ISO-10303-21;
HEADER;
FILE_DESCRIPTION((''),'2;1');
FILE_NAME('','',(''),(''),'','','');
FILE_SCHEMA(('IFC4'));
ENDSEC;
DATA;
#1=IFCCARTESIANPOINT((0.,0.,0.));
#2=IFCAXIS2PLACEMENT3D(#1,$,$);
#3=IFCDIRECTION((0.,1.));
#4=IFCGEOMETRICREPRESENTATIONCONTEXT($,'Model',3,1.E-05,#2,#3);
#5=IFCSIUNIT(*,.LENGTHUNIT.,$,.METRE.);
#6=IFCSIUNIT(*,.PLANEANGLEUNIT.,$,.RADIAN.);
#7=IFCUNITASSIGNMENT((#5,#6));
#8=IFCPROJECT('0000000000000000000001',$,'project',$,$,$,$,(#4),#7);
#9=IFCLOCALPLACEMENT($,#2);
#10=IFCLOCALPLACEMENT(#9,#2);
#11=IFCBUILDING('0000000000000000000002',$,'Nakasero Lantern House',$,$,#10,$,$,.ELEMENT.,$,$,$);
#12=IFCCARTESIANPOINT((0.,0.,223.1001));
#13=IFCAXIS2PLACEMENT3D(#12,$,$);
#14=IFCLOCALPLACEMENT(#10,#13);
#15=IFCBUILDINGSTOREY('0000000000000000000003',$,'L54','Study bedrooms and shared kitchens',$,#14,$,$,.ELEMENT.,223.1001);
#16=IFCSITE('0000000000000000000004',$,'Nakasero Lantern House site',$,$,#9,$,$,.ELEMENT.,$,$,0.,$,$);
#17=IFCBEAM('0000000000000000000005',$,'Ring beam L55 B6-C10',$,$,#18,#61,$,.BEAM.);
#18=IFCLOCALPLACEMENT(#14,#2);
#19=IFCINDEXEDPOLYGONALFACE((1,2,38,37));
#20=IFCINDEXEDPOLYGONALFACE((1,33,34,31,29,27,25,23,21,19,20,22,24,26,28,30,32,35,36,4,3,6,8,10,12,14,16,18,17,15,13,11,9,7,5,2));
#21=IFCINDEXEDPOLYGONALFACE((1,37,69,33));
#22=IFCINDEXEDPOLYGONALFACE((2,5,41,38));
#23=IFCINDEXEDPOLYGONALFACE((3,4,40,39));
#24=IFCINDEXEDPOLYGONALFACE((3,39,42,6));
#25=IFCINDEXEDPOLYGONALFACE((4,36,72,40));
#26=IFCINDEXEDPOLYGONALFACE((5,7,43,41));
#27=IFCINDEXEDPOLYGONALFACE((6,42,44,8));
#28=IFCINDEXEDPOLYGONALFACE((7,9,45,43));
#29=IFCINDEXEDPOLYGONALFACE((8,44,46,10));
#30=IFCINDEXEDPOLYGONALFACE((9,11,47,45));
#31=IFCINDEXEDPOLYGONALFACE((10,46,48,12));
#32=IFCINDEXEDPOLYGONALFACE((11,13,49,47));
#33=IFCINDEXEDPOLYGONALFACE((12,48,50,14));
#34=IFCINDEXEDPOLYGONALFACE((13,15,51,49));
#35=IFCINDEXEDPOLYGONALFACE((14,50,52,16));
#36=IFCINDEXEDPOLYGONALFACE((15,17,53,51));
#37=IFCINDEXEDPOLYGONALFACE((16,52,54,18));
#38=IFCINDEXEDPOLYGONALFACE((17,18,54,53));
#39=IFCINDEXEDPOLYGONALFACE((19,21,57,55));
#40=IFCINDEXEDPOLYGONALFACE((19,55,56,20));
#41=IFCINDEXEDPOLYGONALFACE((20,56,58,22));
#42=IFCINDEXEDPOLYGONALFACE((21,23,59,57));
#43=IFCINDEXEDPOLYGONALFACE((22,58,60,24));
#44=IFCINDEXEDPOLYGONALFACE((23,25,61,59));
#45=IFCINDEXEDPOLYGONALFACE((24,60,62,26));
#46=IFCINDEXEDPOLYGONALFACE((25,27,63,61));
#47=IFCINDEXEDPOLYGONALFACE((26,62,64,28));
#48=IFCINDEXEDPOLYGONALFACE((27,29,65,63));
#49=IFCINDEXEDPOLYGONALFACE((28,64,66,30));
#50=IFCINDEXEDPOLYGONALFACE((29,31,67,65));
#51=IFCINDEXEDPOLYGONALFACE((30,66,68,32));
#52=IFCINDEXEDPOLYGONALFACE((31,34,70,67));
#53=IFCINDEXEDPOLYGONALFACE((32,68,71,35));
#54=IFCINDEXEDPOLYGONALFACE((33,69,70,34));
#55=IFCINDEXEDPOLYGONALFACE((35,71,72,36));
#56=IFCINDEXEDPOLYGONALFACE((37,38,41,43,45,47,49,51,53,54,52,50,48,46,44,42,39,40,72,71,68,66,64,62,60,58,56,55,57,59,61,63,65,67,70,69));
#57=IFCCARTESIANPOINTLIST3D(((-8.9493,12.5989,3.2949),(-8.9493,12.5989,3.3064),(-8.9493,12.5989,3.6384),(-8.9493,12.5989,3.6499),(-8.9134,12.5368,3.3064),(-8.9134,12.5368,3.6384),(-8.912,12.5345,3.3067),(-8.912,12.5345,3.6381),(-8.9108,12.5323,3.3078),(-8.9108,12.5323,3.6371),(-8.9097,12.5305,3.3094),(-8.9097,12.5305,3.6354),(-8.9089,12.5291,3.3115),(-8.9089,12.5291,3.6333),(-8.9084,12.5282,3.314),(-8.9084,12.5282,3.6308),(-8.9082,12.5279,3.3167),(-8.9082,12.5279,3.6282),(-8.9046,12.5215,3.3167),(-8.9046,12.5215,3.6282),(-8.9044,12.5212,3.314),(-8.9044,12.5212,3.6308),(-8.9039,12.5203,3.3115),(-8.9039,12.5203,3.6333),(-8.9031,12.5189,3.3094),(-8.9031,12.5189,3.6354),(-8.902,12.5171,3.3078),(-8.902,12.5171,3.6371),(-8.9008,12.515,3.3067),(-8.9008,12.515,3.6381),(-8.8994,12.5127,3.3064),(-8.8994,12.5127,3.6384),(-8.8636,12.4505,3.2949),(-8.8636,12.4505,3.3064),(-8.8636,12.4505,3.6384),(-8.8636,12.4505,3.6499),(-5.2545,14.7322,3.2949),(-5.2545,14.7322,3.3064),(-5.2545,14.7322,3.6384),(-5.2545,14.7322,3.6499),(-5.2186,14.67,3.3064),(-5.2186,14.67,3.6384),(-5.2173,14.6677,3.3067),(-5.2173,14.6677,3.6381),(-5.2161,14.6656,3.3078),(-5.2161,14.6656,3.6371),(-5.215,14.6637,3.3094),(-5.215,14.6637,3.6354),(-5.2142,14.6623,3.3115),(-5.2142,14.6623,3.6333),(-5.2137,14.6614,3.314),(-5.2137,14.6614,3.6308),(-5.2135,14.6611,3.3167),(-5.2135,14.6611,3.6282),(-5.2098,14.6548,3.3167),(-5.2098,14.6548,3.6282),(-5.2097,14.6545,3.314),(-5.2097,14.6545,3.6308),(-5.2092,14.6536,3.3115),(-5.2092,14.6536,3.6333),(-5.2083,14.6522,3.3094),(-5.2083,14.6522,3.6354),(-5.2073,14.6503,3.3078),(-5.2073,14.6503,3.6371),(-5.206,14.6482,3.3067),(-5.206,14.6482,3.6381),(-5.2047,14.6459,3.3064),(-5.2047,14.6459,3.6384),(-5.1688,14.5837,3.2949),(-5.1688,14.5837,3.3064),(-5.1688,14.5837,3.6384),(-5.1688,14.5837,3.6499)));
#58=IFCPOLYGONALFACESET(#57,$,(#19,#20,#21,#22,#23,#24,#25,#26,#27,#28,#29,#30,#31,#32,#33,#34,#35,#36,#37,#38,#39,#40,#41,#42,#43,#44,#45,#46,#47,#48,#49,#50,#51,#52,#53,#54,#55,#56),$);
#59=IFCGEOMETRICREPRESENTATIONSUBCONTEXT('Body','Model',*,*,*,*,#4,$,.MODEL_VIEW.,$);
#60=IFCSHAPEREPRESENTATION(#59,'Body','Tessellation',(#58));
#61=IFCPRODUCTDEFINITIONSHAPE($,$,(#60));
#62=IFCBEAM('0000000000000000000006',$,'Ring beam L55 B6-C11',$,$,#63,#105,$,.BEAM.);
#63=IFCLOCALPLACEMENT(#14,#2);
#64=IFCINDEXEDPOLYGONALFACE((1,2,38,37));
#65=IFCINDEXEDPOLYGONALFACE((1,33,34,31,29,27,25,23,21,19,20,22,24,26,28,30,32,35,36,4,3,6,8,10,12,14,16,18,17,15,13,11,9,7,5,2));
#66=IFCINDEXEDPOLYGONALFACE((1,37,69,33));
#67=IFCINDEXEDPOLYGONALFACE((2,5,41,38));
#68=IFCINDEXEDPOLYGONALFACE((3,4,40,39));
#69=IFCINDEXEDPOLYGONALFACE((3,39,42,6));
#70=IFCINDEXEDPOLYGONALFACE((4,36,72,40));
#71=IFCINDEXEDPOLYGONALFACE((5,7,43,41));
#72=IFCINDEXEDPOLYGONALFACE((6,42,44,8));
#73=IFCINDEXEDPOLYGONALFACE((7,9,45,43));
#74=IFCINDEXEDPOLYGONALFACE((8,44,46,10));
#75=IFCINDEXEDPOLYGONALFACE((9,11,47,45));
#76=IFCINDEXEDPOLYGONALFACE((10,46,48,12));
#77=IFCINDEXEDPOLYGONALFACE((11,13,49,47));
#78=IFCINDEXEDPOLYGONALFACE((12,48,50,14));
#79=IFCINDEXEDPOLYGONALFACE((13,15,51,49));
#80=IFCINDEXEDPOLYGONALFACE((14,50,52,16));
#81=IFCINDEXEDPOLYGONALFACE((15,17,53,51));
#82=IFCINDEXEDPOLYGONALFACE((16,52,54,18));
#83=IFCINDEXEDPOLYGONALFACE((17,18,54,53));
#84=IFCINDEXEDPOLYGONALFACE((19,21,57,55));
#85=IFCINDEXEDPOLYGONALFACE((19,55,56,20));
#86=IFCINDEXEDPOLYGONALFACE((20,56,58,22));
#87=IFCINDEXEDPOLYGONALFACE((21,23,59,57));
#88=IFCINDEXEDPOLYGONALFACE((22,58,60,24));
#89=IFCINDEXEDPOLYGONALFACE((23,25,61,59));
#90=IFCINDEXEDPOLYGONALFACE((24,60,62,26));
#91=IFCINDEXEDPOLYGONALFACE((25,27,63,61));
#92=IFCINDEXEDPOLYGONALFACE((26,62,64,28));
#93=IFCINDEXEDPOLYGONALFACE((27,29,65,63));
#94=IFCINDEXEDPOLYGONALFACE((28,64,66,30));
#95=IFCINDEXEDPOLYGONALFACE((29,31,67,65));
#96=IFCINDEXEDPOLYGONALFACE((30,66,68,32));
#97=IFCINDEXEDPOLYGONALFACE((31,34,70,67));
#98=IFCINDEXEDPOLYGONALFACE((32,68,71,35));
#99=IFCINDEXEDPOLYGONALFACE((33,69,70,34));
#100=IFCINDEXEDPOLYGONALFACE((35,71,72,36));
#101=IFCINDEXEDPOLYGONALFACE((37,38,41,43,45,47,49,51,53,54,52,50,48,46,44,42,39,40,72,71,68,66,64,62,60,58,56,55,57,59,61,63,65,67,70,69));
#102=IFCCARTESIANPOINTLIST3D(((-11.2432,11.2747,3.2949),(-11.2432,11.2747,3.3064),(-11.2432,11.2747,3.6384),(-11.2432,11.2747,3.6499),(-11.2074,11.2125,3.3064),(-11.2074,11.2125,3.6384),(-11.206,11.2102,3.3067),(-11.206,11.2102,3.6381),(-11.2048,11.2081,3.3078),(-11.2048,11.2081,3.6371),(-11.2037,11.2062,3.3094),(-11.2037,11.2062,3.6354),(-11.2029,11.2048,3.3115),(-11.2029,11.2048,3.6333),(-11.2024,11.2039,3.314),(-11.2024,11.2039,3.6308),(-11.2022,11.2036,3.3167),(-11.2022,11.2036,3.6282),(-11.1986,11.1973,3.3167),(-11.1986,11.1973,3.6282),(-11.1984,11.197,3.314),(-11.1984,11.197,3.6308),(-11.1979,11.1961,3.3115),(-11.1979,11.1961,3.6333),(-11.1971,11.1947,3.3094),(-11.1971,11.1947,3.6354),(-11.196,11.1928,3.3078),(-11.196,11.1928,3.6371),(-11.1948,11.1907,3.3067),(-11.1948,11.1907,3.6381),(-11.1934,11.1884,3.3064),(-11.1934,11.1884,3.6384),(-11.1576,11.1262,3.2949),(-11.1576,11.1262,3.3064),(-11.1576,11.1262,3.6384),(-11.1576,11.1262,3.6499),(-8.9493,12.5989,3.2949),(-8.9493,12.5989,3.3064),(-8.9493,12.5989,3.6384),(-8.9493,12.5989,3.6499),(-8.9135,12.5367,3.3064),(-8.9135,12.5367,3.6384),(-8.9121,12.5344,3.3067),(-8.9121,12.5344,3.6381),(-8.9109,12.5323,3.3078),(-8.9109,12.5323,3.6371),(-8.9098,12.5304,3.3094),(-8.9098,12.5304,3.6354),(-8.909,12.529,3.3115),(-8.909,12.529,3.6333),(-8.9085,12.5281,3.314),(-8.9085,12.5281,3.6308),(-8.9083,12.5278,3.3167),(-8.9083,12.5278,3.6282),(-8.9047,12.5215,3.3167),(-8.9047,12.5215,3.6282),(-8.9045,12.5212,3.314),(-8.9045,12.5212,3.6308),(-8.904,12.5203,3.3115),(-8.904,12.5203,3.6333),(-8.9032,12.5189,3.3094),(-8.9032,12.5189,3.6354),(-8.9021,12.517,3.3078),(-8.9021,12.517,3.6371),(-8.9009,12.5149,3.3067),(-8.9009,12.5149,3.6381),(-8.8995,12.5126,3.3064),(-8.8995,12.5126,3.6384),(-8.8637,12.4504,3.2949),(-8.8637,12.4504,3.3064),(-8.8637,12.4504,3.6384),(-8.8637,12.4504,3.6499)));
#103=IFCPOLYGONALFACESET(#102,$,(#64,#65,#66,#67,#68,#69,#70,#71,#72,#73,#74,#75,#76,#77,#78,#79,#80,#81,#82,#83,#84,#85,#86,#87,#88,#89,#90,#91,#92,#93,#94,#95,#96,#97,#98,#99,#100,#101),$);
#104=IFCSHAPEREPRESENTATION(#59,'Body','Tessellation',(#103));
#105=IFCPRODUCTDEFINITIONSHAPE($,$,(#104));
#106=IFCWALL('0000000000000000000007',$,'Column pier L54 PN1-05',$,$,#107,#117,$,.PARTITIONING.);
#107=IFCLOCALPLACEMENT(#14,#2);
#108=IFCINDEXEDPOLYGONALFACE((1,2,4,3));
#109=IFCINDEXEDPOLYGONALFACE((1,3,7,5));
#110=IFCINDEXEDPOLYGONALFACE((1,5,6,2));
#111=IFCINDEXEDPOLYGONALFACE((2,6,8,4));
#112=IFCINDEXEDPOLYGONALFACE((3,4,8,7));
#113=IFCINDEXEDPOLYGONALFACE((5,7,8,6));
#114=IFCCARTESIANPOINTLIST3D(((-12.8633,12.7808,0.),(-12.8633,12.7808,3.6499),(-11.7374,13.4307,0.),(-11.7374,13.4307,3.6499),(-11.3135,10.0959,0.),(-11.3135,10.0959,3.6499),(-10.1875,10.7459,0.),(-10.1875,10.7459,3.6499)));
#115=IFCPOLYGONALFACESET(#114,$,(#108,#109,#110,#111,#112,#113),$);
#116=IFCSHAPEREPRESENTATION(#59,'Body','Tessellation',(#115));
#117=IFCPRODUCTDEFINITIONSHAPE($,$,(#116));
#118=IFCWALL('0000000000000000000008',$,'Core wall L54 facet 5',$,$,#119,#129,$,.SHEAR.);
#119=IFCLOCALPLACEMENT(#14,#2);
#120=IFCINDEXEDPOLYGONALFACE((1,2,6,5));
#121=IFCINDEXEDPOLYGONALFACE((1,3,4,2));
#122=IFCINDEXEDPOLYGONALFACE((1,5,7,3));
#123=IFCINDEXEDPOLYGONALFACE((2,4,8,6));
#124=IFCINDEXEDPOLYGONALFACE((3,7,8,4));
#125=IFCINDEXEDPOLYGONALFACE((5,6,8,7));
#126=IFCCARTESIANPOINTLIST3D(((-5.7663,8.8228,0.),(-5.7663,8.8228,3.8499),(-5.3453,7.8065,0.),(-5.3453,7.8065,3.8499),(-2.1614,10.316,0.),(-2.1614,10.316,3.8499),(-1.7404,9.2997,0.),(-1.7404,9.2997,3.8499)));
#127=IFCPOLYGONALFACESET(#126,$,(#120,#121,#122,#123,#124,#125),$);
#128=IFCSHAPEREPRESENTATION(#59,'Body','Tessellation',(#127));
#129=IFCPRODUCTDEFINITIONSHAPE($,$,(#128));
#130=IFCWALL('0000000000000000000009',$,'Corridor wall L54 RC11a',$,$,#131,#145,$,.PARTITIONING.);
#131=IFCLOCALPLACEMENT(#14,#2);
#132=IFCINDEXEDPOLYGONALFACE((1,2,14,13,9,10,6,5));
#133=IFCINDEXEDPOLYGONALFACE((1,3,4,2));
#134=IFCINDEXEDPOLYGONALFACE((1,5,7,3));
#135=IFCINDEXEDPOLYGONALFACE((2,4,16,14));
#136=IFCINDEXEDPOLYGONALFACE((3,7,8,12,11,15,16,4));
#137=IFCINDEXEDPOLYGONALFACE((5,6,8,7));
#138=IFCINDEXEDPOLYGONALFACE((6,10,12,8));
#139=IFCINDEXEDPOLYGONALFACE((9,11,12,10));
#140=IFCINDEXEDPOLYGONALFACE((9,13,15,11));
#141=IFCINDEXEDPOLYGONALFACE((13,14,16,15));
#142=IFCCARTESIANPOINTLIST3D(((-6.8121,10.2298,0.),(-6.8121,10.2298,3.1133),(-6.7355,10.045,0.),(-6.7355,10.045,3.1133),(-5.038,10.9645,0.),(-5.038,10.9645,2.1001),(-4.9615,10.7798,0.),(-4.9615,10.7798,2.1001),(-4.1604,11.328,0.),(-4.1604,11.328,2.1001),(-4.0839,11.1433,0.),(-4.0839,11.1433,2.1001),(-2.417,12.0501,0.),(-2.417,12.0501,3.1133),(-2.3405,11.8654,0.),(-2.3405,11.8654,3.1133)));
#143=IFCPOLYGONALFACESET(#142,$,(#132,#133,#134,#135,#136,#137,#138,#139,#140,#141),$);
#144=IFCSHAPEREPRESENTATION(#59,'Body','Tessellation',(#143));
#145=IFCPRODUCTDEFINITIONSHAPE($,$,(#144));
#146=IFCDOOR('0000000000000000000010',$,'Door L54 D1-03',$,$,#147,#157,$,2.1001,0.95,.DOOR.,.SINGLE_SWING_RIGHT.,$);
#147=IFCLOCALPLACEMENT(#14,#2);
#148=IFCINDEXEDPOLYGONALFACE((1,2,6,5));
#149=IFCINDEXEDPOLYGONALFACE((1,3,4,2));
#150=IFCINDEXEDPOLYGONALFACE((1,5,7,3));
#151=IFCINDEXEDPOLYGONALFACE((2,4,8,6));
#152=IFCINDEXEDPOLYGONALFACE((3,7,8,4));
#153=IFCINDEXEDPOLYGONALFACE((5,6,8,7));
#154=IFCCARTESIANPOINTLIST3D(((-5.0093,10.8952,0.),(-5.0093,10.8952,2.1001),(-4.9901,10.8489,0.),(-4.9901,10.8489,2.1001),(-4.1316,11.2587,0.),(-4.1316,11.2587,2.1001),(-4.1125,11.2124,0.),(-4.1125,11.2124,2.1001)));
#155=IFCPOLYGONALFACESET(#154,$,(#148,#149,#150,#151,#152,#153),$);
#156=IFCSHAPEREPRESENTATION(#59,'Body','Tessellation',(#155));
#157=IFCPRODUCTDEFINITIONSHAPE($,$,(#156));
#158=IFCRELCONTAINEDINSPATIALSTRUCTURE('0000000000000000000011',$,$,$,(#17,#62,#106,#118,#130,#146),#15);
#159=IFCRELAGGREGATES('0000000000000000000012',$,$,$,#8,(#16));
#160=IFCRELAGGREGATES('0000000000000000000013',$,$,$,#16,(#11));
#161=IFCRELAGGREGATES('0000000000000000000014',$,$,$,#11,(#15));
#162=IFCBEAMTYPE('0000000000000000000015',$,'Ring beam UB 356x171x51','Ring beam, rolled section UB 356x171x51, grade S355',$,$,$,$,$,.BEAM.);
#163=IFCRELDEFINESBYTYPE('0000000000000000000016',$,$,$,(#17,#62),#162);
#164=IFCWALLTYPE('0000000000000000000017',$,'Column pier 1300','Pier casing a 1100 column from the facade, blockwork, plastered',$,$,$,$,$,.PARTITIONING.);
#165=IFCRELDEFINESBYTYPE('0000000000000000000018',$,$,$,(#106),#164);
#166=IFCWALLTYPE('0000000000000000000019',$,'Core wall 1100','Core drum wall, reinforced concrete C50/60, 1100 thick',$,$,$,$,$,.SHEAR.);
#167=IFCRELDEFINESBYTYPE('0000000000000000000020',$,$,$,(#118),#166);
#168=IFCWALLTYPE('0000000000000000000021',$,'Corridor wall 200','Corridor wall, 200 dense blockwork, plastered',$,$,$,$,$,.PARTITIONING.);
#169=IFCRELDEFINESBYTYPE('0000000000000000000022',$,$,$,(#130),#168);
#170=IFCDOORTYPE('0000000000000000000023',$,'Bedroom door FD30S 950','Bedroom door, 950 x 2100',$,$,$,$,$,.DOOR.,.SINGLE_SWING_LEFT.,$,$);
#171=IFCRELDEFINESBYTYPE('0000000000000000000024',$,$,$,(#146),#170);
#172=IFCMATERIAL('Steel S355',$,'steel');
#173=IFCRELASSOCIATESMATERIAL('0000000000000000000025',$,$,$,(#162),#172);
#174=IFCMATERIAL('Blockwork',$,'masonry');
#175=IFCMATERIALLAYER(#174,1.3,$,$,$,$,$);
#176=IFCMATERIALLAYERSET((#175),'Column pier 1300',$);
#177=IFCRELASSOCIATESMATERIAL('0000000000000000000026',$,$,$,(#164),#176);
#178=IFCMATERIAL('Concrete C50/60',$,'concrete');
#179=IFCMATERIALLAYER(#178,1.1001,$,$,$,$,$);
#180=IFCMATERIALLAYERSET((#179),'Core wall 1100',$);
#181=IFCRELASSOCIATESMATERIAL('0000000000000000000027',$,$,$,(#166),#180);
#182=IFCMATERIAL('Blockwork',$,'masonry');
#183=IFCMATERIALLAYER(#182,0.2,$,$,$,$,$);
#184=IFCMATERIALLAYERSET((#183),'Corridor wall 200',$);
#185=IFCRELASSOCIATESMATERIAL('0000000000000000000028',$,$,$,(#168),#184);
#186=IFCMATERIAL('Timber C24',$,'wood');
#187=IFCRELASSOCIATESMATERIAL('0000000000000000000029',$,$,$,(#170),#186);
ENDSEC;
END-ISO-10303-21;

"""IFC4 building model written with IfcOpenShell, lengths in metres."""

from ifc_helpers import new_model, si_unit, direction, frame, frame_2d, origin, origin_2d, place, context, subcontext, project, spatial, rectangle, i_section, extrude, material, layer, layer_set, material_profile, profile_set, type_object, element, fill, save


model = new_model("IFC4")

# Units and contexts
model_context = context("Model", 3, precision=1e-05, world=origin(), true_north=direction((0.0, 1.0)))
body_context = subcontext(model_context, "Body", "Model", "MODEL_VIEW")
ifc_project = project(units=[si_unit("LENGTHUNIT", "METRE"), si_unit("PLANEANGLEUNIT", "RADIAN")], contexts=[model_context])

# Site, building, storey
site_placement = place(None, origin())
site = spatial("IfcSite", under=ifc_project, at=site_placement, Name="Nakasero Lantern House site", CompositionType="ELEMENT", RefElevation=0.0)
building_placement = place(site_placement, origin())
building = spatial("IfcBuilding", under=site, at=building_placement, Name="Nakasero Lantern House", CompositionType="ELEMENT")
storey_placement = place(building_placement, frame((0.0, 0.0, 223.1001)))
storey = spatial("IfcBuildingStorey", under=building, at=storey_placement, Name="L54", Description="Study bedrooms and shared kitchens", CompositionType="ELEMENT", Elevation=223.1001)

# Beams
ifc_material_1 = material(Name="Steel S355", Category="steel")
ifc_material_profile_1 = material_profile(ifc_material_1, i_section(OverallWidth=0.1714, OverallDepth=0.355, WebThickness=0.0073, FlangeThickness=0.0115, FilletRadius=0.0103, at=origin_2d()), Name="UB 356x171x51")
ifc_profile_set_1 = profile_set([ifc_material_profile_1], Name="Steel S355")
beam_type_1 = type_object("IfcBeamType", Name="Ring beam UB 356x171x51", Description="Ring beam, rolled section UB 356x171x51, grade S355", PredefinedType="BEAM", material=ifc_profile_set_1)
beam_1_placement = place(storey_placement, frame((-5.2117, 14.658, 3.4724), z_axis=(-0.866016, -0.500016, 0.0), x_axis=(0.500016, -0.866016, 0.0)))
element("IfcBeam", 1, at=beam_1_placement, inside=storey, type_object=beam_type_1, Name="Ring beam L55 B6-C10", PredefinedType="BEAM", context=body_context, shape_type="SweptSolid", body=[
    extrude(i_section(OverallWidth=0.1714, OverallDepth=0.355, WebThickness=0.0073, FlangeThickness=0.0115, FilletRadius=0.0103, at=origin_2d()), origin(), (0.0, 0.0, 1.0), 4.2664),
])
beam_2_placement = place(storey_placement, frame((-8.9065, 12.5247, 3.4724), z_axis=(-0.866057, -0.499946, 0.0), x_axis=(0.499946, -0.866057, 0.0)))
element("IfcBeam", 2, at=beam_2_placement, inside=storey, type_object=beam_type_1, Name="Ring beam L55 B6-C11", PredefinedType="BEAM", context=body_context, shape_type="SweptSolid", body=[
    extrude(i_section(OverallWidth=0.1714, OverallDepth=0.355, WebThickness=0.0073, FlangeThickness=0.0115, FilletRadius=0.0103, at=origin_2d()), origin(), (0.0, 0.0, 1.0), 2.6487),
])

# Walls
ifc_material_2 = material(Name="Blockwork", Category="masonry")
ifc_layer_1 = layer(ifc_material_2, 1.3)
ifc_layer_set_1 = layer_set([ifc_layer_1], Name="Column pier 1300")
wall_type_1 = type_object("IfcWallType", Name="Column pier 1300", Description="Pier casing a 1100 column from the facade, blockwork, plastered", PredefinedType="PARTITIONING", material=ifc_layer_set_1)
wall_1_placement = place(storey_placement, frame((-10.7505, 10.4209, 0.0), z_axis=(0.0, 0.0, 1.0), x_axis=(-0.499934, 0.866064, 0.0)))
element("IfcWall", 3, at=wall_1_placement, inside=storey, type_object=wall_type_1, Name="Column pier L54 PN1-05", PredefinedType="PARTITIONING", context=body_context, shape_type="SweptSolid", body=[
    extrude(rectangle(XDim=3.1001, YDim=1.3, at=frame_2d((1.55, 0.0))), origin(), (0.0, 0.0, 1.0), 3.6499),
])
ifc_material_3 = material(Name="Concrete C50/60", Category="concrete")
ifc_layer_2 = layer(ifc_material_3, 1.1001)
ifc_layer_set_2 = layer_set([ifc_layer_2], Name="Core wall 1100")
wall_type_2 = type_object("IfcWallType", Name="Core wall 1100", Description="Core drum wall, reinforced concrete C50/60, 1100 thick", PredefinedType="SHEAR", material=ifc_layer_set_2)
wall_2_placement = place(storey_placement, frame((-1.9509, 9.8079, 0.0), z_axis=(0.0, 0.0, 1.0), x_axis=(-0.923877, -0.382691, 0.0)))
element("IfcWall", 4, at=wall_2_placement, inside=storey, type_object=wall_type_2, Name="Core wall L54 facet 5", PredefinedType="SHEAR", context=body_context, shape_type="SweptSolid", body=[
    extrude(rectangle(XDim=3.9019, YDim=1.1001, at=frame_2d((1.9509, 0.0))), origin(), (0.0, 0.0, 1.0), 3.8499),
])

# Wall, opening, door
ifc_material_4 = material(Name="Blockwork", Category="masonry")
ifc_layer_3 = layer(ifc_material_4, 0.2)
ifc_layer_set_3 = layer_set([ifc_layer_3], Name="Corridor wall 200")
wall_type_3 = type_object("IfcWallType", Name="Corridor wall 200", Description="Corridor wall, 200 dense blockwork, plastered", PredefinedType="PARTITIONING", material=ifc_layer_set_3)
wall_3_placement = place(storey_placement, frame((-6.7737, 10.1375, 0.0), z_axis=(0.0, 0.0, 1.0), x_axis=(0.923892, 0.382654, 0.0)))
wall_3 = element("IfcWall", 5, at=wall_3_placement, inside=storey, type_object=wall_type_3, Name="Corridor wall L54 RC11a", PredefinedType="PARTITIONING", context=body_context, shape_type="SweptSolid", body=[
    extrude(rectangle(XDim=4.7571, YDim=0.2, at=frame_2d((2.3784, 0.0))), origin(), (0.0, 0.0, 1.0), 3.1133),
])
opening_1_placement = place(wall_3_placement, frame((1.9199, 0.0, 0.0)))
opening_1 = element("IfcOpeningElement", 6, at=opening_1_placement, cuts=wall_3, PredefinedType="OPENING", context=body_context, shape_type="SweptSolid", body=[
    extrude(rectangle(XDim=0.95, YDim=2.1001, at=frame_2d((0.4751, 1.05))), frame((0.0, 0.1199, 0.0), z_axis=(0.0, -1.0, 0.0), x_axis=(1.0, 0.0, 0.0)), (0.0, 0.0, 1.0), 0.24),
])
ifc_material_5 = material(Name="Timber C24", Category="wood")
door_type_1 = type_object("IfcDoorType", Name="Bedroom door FD30S 950", Description="Bedroom door, 950 x 2100", OperationType="SINGLE_SWING_LEFT", PredefinedType="DOOR", material=ifc_material_5)
door_1_placement = place(opening_1_placement, origin())
door_1 = element("IfcDoor", 7, at=door_1_placement, inside=storey, type_object=door_type_1, Name="Door L54 D1-03", OperationType="SINGLE_SWING_RIGHT", OverallHeight=2.1001, OverallWidth=0.95, PredefinedType="DOOR", context=body_context, shape_type="SweptSolid", body=[
    extrude(rectangle(XDim=0.95, YDim=2.1001, at=frame_2d((0.4751, 1.05))), frame((0.0, 0.0249, 0.0), z_axis=(0.0, -1.0, 0.0), x_axis=(1.0, 0.0, 0.0)), (0.0, 0.0, 1.0), 0.05),
])
fill(opening_1, door_1)

save(model, "model.ifc")
